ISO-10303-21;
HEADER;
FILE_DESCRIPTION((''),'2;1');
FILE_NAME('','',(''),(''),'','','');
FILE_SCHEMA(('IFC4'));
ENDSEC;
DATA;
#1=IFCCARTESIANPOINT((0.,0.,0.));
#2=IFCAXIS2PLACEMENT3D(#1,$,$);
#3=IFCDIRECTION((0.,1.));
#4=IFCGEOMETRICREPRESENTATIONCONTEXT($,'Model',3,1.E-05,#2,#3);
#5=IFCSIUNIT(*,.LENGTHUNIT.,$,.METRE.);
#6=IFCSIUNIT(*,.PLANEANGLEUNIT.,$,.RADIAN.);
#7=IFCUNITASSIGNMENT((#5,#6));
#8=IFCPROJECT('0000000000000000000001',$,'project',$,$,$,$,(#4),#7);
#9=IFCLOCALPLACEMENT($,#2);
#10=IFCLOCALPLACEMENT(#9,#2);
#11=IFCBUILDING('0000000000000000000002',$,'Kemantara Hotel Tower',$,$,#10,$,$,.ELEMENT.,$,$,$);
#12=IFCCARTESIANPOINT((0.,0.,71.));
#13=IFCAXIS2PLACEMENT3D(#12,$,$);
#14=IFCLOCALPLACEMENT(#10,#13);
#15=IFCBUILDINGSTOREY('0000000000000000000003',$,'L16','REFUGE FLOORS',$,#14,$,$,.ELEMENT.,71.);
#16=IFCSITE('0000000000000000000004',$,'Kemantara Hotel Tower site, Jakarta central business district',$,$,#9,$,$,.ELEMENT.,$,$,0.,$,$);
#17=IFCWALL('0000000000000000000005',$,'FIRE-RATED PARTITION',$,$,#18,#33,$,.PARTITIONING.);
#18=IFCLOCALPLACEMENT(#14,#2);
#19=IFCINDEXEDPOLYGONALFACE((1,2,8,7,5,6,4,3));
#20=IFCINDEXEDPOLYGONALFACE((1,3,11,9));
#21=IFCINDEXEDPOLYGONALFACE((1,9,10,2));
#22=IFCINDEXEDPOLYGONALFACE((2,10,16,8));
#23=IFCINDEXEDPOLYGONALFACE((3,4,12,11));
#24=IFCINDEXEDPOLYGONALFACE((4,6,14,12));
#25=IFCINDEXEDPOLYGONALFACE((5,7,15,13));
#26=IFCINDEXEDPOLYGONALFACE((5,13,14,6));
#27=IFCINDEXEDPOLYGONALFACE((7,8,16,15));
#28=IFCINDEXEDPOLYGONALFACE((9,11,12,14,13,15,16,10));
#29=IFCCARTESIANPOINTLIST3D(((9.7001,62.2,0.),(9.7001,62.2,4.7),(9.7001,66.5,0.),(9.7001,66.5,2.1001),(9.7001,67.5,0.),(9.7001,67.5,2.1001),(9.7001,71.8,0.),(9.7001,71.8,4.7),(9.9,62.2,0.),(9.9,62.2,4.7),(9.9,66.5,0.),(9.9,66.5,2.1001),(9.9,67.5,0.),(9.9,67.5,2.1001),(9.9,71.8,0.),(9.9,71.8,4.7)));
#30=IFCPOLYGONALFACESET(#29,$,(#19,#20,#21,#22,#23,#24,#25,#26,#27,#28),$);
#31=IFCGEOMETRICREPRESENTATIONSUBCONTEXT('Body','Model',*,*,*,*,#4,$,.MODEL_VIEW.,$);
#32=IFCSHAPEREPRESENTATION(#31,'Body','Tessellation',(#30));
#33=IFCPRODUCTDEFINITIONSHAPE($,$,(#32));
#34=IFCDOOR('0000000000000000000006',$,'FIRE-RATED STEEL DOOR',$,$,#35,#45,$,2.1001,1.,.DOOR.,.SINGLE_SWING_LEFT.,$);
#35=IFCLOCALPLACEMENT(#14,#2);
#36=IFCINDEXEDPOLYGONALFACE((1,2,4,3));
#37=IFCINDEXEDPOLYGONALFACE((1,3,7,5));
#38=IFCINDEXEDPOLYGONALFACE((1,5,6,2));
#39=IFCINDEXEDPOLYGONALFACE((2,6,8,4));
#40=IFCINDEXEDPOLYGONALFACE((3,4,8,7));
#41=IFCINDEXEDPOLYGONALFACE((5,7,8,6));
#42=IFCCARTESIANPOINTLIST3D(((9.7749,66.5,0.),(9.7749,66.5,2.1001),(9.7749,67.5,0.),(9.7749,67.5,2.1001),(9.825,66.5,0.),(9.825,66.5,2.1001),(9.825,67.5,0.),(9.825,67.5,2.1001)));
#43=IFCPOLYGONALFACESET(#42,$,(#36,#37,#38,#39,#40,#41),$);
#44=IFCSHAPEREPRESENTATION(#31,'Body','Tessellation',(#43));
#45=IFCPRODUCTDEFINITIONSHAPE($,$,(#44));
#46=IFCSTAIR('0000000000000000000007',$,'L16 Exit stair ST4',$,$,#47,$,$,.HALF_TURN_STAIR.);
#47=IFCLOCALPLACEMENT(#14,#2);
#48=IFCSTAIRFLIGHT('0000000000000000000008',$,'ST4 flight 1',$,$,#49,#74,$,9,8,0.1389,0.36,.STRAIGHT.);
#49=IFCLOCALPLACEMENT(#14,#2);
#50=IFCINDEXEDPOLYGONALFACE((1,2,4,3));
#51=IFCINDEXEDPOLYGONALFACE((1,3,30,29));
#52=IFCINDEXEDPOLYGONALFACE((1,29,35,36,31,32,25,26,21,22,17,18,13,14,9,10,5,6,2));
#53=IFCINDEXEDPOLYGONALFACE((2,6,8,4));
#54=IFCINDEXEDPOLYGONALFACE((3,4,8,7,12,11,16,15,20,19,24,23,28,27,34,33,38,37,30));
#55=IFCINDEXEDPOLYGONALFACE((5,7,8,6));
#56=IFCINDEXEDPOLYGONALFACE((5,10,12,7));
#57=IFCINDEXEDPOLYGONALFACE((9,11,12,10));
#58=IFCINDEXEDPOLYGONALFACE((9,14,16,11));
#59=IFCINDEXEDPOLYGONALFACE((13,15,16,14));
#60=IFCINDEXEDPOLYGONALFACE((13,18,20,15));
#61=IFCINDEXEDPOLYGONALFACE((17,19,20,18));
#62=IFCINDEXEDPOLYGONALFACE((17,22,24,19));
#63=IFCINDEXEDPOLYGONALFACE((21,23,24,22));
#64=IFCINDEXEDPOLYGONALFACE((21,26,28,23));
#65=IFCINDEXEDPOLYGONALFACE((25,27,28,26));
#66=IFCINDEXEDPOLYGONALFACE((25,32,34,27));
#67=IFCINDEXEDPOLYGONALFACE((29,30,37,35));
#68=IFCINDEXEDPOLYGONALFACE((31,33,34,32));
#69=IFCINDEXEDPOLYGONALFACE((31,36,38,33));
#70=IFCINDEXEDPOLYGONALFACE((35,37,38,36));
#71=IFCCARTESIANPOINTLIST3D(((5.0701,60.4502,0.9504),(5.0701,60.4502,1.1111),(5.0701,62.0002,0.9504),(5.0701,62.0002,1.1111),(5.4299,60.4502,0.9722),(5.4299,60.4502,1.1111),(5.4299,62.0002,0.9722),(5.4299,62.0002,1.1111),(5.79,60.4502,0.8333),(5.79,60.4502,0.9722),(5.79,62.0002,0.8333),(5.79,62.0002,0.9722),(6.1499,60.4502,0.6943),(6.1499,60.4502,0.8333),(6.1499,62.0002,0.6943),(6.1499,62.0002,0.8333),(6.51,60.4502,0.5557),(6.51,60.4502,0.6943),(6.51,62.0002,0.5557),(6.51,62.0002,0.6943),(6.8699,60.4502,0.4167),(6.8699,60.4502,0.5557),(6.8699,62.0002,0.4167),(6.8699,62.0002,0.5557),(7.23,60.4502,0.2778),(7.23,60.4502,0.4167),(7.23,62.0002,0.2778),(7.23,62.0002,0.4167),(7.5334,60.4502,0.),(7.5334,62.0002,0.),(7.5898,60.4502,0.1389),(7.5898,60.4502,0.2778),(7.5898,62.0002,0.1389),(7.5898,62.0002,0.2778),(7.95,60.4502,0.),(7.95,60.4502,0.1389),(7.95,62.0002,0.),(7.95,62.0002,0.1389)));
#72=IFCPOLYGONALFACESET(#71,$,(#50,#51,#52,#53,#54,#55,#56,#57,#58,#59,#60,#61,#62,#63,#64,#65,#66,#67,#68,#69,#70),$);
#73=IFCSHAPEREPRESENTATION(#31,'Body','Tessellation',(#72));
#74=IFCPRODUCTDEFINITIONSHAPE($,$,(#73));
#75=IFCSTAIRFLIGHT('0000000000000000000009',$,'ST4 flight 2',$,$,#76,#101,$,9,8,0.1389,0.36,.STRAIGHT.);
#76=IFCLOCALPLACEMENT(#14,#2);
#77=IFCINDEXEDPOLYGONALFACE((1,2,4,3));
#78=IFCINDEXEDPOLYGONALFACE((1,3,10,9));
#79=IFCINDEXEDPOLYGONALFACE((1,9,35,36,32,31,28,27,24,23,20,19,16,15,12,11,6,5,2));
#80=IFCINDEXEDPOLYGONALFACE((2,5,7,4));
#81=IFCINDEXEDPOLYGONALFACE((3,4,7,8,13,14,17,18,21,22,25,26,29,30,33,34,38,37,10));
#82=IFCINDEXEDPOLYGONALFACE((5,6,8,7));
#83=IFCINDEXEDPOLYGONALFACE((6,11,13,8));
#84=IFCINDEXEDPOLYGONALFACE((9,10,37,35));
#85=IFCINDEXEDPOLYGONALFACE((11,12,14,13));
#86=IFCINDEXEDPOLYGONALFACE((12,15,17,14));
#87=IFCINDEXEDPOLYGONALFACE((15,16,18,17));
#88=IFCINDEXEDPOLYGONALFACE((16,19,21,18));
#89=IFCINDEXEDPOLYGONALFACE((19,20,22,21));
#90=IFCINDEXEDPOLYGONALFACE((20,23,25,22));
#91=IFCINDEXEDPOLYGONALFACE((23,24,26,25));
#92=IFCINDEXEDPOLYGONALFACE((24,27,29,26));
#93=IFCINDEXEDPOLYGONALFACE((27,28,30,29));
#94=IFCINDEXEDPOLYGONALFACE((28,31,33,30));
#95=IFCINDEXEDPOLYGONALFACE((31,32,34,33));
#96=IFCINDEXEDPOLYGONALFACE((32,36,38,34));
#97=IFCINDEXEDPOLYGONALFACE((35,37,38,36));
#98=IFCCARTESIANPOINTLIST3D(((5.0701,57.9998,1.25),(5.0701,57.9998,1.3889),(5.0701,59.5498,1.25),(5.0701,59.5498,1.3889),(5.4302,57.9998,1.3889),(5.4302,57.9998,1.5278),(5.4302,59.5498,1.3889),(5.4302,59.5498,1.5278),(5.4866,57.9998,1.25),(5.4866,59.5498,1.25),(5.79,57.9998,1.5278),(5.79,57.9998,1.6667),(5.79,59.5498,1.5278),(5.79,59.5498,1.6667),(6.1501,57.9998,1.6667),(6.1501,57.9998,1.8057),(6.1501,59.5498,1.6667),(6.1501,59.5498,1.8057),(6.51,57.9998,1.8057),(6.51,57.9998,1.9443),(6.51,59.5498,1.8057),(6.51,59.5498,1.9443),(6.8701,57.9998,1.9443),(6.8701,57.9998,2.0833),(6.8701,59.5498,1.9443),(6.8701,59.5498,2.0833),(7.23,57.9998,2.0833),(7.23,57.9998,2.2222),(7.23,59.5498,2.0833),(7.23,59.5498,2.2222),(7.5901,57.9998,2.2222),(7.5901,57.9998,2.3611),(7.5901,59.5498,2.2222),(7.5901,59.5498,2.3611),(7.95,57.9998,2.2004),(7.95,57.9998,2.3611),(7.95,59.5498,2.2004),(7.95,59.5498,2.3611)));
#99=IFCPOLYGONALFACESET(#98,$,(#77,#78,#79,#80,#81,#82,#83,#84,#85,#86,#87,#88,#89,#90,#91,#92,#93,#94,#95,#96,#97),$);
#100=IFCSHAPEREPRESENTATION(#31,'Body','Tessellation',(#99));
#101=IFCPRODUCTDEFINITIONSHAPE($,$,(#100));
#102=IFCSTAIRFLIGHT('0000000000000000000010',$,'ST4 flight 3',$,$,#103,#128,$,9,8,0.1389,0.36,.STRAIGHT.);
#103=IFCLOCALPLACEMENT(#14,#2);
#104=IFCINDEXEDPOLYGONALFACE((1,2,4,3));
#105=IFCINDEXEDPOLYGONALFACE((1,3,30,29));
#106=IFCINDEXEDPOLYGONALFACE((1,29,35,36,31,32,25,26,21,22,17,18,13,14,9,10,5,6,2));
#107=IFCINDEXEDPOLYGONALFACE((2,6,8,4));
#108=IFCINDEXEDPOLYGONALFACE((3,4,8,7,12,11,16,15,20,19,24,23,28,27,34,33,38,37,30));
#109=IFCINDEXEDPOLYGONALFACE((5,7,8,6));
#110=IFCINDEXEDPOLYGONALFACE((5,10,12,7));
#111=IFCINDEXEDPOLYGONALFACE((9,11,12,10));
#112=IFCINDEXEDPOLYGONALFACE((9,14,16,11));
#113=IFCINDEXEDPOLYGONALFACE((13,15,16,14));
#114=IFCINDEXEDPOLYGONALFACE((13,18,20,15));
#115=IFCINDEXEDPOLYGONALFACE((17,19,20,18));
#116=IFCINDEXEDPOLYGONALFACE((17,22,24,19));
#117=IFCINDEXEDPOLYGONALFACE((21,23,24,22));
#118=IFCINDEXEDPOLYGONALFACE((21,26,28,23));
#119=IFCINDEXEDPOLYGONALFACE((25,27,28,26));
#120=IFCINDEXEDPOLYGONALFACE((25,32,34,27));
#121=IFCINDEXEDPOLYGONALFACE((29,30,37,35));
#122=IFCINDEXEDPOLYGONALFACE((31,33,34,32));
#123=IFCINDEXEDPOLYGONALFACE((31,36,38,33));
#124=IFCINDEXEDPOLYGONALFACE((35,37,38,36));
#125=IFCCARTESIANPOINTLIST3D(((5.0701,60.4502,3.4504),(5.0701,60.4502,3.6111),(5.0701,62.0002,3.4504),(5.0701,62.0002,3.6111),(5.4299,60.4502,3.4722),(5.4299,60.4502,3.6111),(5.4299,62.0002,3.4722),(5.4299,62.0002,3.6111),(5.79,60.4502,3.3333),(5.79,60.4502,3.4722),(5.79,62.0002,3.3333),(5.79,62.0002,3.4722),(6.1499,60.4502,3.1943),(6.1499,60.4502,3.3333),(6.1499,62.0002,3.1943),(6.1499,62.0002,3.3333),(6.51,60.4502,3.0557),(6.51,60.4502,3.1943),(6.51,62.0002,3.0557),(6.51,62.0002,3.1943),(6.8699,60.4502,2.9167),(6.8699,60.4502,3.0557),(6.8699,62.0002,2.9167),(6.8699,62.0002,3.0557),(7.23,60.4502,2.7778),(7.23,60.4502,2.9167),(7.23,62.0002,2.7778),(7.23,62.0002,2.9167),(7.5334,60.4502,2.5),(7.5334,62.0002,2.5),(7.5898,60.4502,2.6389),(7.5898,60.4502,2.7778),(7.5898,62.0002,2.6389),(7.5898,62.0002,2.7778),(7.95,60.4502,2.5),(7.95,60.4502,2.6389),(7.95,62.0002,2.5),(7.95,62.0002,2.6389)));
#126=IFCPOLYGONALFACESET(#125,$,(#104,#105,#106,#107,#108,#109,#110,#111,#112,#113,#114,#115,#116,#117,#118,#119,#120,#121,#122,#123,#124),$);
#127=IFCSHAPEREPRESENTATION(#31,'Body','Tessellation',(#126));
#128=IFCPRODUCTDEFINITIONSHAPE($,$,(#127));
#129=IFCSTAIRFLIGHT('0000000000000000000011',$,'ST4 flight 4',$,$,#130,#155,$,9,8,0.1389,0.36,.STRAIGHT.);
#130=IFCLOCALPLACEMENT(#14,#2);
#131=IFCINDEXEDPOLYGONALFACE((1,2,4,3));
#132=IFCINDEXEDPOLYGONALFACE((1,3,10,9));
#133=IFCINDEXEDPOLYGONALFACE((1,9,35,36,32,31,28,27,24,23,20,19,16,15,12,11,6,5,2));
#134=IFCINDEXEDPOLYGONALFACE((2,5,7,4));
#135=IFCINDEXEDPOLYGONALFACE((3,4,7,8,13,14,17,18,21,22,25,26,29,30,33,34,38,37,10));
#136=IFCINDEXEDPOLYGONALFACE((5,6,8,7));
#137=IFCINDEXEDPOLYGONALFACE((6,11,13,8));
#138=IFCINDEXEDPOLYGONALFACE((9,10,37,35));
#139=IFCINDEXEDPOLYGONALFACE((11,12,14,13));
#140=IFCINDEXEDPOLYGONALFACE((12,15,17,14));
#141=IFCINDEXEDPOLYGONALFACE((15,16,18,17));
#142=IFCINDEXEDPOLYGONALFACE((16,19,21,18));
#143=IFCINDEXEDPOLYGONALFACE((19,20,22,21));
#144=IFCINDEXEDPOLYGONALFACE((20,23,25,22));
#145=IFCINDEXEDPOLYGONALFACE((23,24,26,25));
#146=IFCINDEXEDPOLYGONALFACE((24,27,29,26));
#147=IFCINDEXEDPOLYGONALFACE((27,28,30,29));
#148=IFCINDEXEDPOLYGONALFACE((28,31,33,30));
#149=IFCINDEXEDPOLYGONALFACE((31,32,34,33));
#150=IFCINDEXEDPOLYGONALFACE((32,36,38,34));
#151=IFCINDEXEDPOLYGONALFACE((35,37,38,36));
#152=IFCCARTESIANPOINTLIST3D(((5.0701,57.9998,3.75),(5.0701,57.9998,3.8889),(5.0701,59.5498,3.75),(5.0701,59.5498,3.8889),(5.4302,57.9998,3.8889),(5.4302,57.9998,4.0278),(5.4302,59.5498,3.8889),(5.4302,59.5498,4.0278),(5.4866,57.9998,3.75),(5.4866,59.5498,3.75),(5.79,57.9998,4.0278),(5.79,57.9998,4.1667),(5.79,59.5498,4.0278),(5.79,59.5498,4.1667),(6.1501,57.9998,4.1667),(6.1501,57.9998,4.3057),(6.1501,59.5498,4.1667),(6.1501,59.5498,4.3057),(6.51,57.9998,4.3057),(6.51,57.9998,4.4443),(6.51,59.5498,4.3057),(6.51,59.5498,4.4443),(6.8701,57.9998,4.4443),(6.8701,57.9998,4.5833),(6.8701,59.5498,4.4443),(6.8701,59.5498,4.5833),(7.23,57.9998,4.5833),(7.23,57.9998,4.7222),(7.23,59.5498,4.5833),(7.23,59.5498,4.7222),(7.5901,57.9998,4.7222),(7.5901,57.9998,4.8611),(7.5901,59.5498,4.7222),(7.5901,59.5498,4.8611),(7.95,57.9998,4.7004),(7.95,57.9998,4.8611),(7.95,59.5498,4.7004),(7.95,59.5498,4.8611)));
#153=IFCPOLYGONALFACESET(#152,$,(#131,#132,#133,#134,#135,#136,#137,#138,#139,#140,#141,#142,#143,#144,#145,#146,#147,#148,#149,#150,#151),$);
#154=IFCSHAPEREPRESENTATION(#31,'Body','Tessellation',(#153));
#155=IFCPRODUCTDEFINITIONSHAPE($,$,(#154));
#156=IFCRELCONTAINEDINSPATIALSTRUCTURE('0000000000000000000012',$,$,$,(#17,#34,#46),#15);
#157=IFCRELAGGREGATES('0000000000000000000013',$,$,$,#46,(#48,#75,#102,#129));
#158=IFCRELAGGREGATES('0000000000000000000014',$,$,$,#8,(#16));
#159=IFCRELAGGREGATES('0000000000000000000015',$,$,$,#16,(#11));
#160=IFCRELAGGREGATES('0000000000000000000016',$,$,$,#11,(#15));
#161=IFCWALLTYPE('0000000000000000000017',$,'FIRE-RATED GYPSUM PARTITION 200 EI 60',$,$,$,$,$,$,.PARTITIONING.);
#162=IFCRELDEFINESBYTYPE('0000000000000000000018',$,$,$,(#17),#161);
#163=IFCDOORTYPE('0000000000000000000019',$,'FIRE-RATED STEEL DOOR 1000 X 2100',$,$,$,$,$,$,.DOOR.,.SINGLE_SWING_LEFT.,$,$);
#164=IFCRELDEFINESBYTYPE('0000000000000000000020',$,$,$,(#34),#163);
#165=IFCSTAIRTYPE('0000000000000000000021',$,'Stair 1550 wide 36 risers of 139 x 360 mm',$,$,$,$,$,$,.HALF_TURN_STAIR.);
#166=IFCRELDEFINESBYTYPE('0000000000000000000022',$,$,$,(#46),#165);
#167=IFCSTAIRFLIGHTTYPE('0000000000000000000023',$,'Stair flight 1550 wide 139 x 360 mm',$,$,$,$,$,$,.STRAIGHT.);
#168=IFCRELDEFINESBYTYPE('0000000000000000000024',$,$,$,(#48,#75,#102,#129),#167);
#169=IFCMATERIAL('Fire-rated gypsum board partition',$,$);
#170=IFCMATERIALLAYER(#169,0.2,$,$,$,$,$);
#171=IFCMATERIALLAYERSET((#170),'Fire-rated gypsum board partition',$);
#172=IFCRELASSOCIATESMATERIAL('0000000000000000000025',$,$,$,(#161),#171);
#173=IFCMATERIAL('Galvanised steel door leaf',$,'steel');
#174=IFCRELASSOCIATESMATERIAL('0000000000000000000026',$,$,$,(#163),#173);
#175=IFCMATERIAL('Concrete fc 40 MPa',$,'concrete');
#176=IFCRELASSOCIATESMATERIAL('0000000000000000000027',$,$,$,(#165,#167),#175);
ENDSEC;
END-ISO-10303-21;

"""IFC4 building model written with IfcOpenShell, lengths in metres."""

from ifc_helpers import new_model, si_unit, direction, frame, frame_2d, origin, place, context, subcontext, project, spatial, polyline, rectangle, outline, extrude, material, layer, layer_set, type_object, element, fill, aggregate, save


model = new_model("IFC4")

# Units and contexts
model_context = context("Model", 3, precision=1e-05, world=origin(), true_north=direction((0.0, 1.0)))
body_context = subcontext(model_context, "Body", "Model", "MODEL_VIEW")
ifc_project = project(units=[si_unit("LENGTHUNIT", "METRE"), si_unit("PLANEANGLEUNIT", "RADIAN")], contexts=[model_context])

# Site, building, storey
site_placement = place(None, origin())
site = spatial("IfcSite", under=ifc_project, at=site_placement, Name="Kemantara Hotel Tower site, Jakarta central business district", CompositionType="ELEMENT", RefElevation=0.0)
building_placement = place(site_placement, origin())
building = spatial("IfcBuilding", under=site, at=building_placement, Name="Kemantara Hotel Tower", CompositionType="ELEMENT")
storey_placement = place(building_placement, frame((0.0, 0.0, 71.0)))
storey = spatial("IfcBuildingStorey", under=building, at=storey_placement, Name="L16", Description="REFUGE FLOORS", CompositionType="ELEMENT", Elevation=71.0)

# Shared definitions
ifc_material_1 = material(Name="Concrete fc 40 MPa", Category="concrete")

# Wall, opening, door
ifc_material_2 = material(Name="Fire-rated gypsum board partition")
ifc_layer_1 = layer(ifc_material_2, 0.2)
ifc_layer_set_1 = layer_set([ifc_layer_1], Name="Fire-rated gypsum board partition")
wall_type_1 = type_object("IfcWallType", Name="FIRE-RATED GYPSUM PARTITION 200 EI 60", PredefinedType="PARTITIONING", material=ifc_layer_set_1)
wall_1_placement = place(storey_placement, frame((9.8, 62.2, 0.0), z_axis=(0.0, 0.0, 1.0), x_axis=(0.0, 1.0, 0.0)))
wall_1 = element("IfcWall", 1, at=wall_1_placement, inside=storey, type_object=wall_type_1, Name="FIRE-RATED PARTITION", PredefinedType="PARTITIONING", context=body_context, shape_type="SweptSolid", body=[
    extrude(rectangle(XDim=9.6001, YDim=0.2, at=frame_2d((4.8, 0.0))), origin(), (0.0, 0.0, 1.0), 4.7),
])
opening_1_placement = place(wall_1_placement, frame((4.3, 0.0, 0.0)))
opening_1 = element("IfcOpeningElement", 2, at=opening_1_placement, cuts=wall_1, PredefinedType="OPENING", context=body_context, shape_type="SweptSolid", body=[
    extrude(rectangle(XDim=1.0, YDim=2.1001, at=frame_2d((0.5, 1.05))), frame((0.0, 0.1099, 0.0), z_axis=(0.0, -1.0, 0.0), x_axis=(1.0, 0.0, 0.0)), (0.0, 0.0, 1.0), 0.22),
])
ifc_material_3 = material(Name="Galvanised steel door leaf", Category="steel")
door_type_1 = type_object("IfcDoorType", Name="FIRE-RATED STEEL DOOR 1000 X 2100", OperationType="SINGLE_SWING_LEFT", PredefinedType="DOOR", material=ifc_material_3)
door_1_placement = place(opening_1_placement, frame((1.0, 0.0, 0.0), z_axis=(0.0, 0.0, 1.0), x_axis=(-1.0, 0.0, 0.0)))
door_1 = element("IfcDoor", 3, at=door_1_placement, inside=storey, type_object=door_type_1, Name="FIRE-RATED STEEL DOOR", OperationType="SINGLE_SWING_LEFT", OverallHeight=2.1001, OverallWidth=1.0, PredefinedType="DOOR", context=body_context, shape_type="SweptSolid", body=[
    extrude(rectangle(XDim=1.0, YDim=2.1001, at=frame_2d((0.5, 1.05))), frame((0.0, 0.0249, 0.0), z_axis=(0.0, -1.0, 0.0), x_axis=(1.0, 0.0, 0.0)), (0.0, 0.0, 1.0), 0.05),
])
fill(opening_1, door_1)

# Stair, stair flights
stair_type = type_object("IfcStairType", Name="Stair 1550 wide 36 risers of 139 x 360 mm", PredefinedType="HALF_TURN_STAIR", material=ifc_material_1)
stair_placement = place(storey_placement, origin())
stair = element("IfcStair", 4, at=stair_placement, inside=storey, type_object=stair_type, Name="L16 Exit stair ST4", PredefinedType="HALF_TURN_STAIR")
stair_flight_type = type_object("IfcStairFlightType", Name="Stair flight 1550 wide 139 x 360 mm", PredefinedType="STRAIGHT", material=ifc_material_1)
stair_flight_1_placement = place(storey_placement, frame((7.95, 61.2251, 0.0), z_axis=(0.0, 0.0, 1.0), x_axis=(-1.0, 0.0, 0.0)))
stair_flight_1 = element("IfcStairFlight", 5, at=stair_flight_1_placement, type_object=stair_flight_type, Name="ST4 flight 1", NumberOfRisers=9, NumberOfTreads=8, PredefinedType="STRAIGHT", RiserHeight=0.1389, TreadLength=0.36, context=body_context, shape_type="SweptSolid", body=[
    extrude(outline(polyline([(0.0, 0.0), (0.0, 0.1389), (0.3601, 0.1389), (0.3601, 0.2778), (0.72, 0.2778), (0.72, 0.4167), (1.0801, 0.4167), (1.0801, 0.5557), (1.4399, 0.5557), (1.4399, 0.6943), (1.8, 0.6943), (1.8, 0.8333), (2.1599, 0.8333), (2.1599, 0.9722), (2.52, 0.9722), (2.52, 1.1111), (2.8799, 1.1111), (2.8799, 1.25), (2.8799, 0.9504), (0.4165, 0.0), (0.0, 0.0)])), frame((0.0, 0.7749, 0.0), z_axis=(0.0, -1.0, 0.0), x_axis=(1.0, 0.0, 0.0)), (0.0, 0.0, 1.0), 1.55),
])
stair_flight_2_placement = place(storey_placement, frame((5.0701, 58.7749, 1.25), z_axis=(0.0, 0.0, 1.0), x_axis=(1.0, 0.0, 0.0)))
stair_flight_2 = element("IfcStairFlight", 6, at=stair_flight_2_placement, type_object=stair_flight_type, Name="ST4 flight 2", NumberOfRisers=9, NumberOfTreads=8, PredefinedType="STRAIGHT", RiserHeight=0.1389, TreadLength=0.36, context=body_context, shape_type="SweptSolid", body=[
    extrude(outline(polyline([(0.0, 0.0), (0.0, 0.1389), (0.3601, 0.1389), (0.3601, 0.2778), (0.72, 0.2778), (0.72, 0.4167), (1.0801, 0.4167), (1.0801, 0.5557), (1.4399, 0.5557), (1.4399, 0.6943), (1.8, 0.6943), (1.8, 0.8333), (2.1599, 0.8333), (2.1599, 0.9722), (2.52, 0.9722), (2.52, 1.1111), (2.8799, 1.1111), (2.8799, 1.25), (2.8799, 0.9504), (0.4165, 0.0), (0.0, 0.0)])), frame((0.0, 0.7749, 0.0), z_axis=(0.0, -1.0, 0.0), x_axis=(1.0, 0.0, 0.0)), (0.0, 0.0, 1.0), 1.55),
])
stair_flight_3_placement = place(storey_placement, frame((7.95, 61.2251, 2.5), z_axis=(0.0, 0.0, 1.0), x_axis=(-1.0, 0.0, 0.0)))
stair_flight_3 = element("IfcStairFlight", 7, at=stair_flight_3_placement, type_object=stair_flight_type, Name="ST4 flight 3", NumberOfRisers=9, NumberOfTreads=8, PredefinedType="STRAIGHT", RiserHeight=0.1389, TreadLength=0.36, context=body_context, shape_type="SweptSolid", body=[
    extrude(outline(polyline([(0.0, 0.0), (0.0, 0.1389), (0.3601, 0.1389), (0.3601, 0.2778), (0.72, 0.2778), (0.72, 0.4167), (1.0801, 0.4167), (1.0801, 0.5557), (1.4399, 0.5557), (1.4399, 0.6943), (1.8, 0.6943), (1.8, 0.8333), (2.1599, 0.8333), (2.1599, 0.9722), (2.52, 0.9722), (2.52, 1.1111), (2.8799, 1.1111), (2.8799, 1.25), (2.8799, 0.9504), (0.4165, 0.0), (0.0, 0.0)])), frame((0.0, 0.7749, 0.0), z_axis=(0.0, -1.0, 0.0), x_axis=(1.0, 0.0, 0.0)), (0.0, 0.0, 1.0), 1.55),
])
stair_flight_4_placement = place(storey_placement, frame((5.0701, 58.7749, 3.75), z_axis=(0.0, 0.0, 1.0), x_axis=(1.0, 0.0, 0.0)))
stair_flight_4 = element("IfcStairFlight", 8, at=stair_flight_4_placement, type_object=stair_flight_type, Name="ST4 flight 4", NumberOfRisers=9, NumberOfTreads=8, PredefinedType="STRAIGHT", RiserHeight=0.1389, TreadLength=0.36, context=body_context, shape_type="SweptSolid", body=[
    extrude(outline(polyline([(0.0, 0.0), (0.0, 0.1389), (0.3601, 0.1389), (0.3601, 0.2778), (0.72, 0.2778), (0.72, 0.4167), (1.0801, 0.4167), (1.0801, 0.5557), (1.4399, 0.5557), (1.4399, 0.6943), (1.8, 0.6943), (1.8, 0.8333), (2.1599, 0.8333), (2.1599, 0.9722), (2.52, 0.9722), (2.52, 1.1111), (2.8799, 1.1111), (2.8799, 1.25), (2.8799, 0.9504), (0.4165, 0.0), (0.0, 0.0)])), frame((0.0, 0.7749, 0.0), z_axis=(0.0, -1.0, 0.0), x_axis=(1.0, 0.0, 0.0)), (0.0, 0.0, 1.0), 1.55),
])
aggregate(stair, [stair_flight_1, stair_flight_2, stair_flight_3, stair_flight_4])

save(model, "model.ifc")
